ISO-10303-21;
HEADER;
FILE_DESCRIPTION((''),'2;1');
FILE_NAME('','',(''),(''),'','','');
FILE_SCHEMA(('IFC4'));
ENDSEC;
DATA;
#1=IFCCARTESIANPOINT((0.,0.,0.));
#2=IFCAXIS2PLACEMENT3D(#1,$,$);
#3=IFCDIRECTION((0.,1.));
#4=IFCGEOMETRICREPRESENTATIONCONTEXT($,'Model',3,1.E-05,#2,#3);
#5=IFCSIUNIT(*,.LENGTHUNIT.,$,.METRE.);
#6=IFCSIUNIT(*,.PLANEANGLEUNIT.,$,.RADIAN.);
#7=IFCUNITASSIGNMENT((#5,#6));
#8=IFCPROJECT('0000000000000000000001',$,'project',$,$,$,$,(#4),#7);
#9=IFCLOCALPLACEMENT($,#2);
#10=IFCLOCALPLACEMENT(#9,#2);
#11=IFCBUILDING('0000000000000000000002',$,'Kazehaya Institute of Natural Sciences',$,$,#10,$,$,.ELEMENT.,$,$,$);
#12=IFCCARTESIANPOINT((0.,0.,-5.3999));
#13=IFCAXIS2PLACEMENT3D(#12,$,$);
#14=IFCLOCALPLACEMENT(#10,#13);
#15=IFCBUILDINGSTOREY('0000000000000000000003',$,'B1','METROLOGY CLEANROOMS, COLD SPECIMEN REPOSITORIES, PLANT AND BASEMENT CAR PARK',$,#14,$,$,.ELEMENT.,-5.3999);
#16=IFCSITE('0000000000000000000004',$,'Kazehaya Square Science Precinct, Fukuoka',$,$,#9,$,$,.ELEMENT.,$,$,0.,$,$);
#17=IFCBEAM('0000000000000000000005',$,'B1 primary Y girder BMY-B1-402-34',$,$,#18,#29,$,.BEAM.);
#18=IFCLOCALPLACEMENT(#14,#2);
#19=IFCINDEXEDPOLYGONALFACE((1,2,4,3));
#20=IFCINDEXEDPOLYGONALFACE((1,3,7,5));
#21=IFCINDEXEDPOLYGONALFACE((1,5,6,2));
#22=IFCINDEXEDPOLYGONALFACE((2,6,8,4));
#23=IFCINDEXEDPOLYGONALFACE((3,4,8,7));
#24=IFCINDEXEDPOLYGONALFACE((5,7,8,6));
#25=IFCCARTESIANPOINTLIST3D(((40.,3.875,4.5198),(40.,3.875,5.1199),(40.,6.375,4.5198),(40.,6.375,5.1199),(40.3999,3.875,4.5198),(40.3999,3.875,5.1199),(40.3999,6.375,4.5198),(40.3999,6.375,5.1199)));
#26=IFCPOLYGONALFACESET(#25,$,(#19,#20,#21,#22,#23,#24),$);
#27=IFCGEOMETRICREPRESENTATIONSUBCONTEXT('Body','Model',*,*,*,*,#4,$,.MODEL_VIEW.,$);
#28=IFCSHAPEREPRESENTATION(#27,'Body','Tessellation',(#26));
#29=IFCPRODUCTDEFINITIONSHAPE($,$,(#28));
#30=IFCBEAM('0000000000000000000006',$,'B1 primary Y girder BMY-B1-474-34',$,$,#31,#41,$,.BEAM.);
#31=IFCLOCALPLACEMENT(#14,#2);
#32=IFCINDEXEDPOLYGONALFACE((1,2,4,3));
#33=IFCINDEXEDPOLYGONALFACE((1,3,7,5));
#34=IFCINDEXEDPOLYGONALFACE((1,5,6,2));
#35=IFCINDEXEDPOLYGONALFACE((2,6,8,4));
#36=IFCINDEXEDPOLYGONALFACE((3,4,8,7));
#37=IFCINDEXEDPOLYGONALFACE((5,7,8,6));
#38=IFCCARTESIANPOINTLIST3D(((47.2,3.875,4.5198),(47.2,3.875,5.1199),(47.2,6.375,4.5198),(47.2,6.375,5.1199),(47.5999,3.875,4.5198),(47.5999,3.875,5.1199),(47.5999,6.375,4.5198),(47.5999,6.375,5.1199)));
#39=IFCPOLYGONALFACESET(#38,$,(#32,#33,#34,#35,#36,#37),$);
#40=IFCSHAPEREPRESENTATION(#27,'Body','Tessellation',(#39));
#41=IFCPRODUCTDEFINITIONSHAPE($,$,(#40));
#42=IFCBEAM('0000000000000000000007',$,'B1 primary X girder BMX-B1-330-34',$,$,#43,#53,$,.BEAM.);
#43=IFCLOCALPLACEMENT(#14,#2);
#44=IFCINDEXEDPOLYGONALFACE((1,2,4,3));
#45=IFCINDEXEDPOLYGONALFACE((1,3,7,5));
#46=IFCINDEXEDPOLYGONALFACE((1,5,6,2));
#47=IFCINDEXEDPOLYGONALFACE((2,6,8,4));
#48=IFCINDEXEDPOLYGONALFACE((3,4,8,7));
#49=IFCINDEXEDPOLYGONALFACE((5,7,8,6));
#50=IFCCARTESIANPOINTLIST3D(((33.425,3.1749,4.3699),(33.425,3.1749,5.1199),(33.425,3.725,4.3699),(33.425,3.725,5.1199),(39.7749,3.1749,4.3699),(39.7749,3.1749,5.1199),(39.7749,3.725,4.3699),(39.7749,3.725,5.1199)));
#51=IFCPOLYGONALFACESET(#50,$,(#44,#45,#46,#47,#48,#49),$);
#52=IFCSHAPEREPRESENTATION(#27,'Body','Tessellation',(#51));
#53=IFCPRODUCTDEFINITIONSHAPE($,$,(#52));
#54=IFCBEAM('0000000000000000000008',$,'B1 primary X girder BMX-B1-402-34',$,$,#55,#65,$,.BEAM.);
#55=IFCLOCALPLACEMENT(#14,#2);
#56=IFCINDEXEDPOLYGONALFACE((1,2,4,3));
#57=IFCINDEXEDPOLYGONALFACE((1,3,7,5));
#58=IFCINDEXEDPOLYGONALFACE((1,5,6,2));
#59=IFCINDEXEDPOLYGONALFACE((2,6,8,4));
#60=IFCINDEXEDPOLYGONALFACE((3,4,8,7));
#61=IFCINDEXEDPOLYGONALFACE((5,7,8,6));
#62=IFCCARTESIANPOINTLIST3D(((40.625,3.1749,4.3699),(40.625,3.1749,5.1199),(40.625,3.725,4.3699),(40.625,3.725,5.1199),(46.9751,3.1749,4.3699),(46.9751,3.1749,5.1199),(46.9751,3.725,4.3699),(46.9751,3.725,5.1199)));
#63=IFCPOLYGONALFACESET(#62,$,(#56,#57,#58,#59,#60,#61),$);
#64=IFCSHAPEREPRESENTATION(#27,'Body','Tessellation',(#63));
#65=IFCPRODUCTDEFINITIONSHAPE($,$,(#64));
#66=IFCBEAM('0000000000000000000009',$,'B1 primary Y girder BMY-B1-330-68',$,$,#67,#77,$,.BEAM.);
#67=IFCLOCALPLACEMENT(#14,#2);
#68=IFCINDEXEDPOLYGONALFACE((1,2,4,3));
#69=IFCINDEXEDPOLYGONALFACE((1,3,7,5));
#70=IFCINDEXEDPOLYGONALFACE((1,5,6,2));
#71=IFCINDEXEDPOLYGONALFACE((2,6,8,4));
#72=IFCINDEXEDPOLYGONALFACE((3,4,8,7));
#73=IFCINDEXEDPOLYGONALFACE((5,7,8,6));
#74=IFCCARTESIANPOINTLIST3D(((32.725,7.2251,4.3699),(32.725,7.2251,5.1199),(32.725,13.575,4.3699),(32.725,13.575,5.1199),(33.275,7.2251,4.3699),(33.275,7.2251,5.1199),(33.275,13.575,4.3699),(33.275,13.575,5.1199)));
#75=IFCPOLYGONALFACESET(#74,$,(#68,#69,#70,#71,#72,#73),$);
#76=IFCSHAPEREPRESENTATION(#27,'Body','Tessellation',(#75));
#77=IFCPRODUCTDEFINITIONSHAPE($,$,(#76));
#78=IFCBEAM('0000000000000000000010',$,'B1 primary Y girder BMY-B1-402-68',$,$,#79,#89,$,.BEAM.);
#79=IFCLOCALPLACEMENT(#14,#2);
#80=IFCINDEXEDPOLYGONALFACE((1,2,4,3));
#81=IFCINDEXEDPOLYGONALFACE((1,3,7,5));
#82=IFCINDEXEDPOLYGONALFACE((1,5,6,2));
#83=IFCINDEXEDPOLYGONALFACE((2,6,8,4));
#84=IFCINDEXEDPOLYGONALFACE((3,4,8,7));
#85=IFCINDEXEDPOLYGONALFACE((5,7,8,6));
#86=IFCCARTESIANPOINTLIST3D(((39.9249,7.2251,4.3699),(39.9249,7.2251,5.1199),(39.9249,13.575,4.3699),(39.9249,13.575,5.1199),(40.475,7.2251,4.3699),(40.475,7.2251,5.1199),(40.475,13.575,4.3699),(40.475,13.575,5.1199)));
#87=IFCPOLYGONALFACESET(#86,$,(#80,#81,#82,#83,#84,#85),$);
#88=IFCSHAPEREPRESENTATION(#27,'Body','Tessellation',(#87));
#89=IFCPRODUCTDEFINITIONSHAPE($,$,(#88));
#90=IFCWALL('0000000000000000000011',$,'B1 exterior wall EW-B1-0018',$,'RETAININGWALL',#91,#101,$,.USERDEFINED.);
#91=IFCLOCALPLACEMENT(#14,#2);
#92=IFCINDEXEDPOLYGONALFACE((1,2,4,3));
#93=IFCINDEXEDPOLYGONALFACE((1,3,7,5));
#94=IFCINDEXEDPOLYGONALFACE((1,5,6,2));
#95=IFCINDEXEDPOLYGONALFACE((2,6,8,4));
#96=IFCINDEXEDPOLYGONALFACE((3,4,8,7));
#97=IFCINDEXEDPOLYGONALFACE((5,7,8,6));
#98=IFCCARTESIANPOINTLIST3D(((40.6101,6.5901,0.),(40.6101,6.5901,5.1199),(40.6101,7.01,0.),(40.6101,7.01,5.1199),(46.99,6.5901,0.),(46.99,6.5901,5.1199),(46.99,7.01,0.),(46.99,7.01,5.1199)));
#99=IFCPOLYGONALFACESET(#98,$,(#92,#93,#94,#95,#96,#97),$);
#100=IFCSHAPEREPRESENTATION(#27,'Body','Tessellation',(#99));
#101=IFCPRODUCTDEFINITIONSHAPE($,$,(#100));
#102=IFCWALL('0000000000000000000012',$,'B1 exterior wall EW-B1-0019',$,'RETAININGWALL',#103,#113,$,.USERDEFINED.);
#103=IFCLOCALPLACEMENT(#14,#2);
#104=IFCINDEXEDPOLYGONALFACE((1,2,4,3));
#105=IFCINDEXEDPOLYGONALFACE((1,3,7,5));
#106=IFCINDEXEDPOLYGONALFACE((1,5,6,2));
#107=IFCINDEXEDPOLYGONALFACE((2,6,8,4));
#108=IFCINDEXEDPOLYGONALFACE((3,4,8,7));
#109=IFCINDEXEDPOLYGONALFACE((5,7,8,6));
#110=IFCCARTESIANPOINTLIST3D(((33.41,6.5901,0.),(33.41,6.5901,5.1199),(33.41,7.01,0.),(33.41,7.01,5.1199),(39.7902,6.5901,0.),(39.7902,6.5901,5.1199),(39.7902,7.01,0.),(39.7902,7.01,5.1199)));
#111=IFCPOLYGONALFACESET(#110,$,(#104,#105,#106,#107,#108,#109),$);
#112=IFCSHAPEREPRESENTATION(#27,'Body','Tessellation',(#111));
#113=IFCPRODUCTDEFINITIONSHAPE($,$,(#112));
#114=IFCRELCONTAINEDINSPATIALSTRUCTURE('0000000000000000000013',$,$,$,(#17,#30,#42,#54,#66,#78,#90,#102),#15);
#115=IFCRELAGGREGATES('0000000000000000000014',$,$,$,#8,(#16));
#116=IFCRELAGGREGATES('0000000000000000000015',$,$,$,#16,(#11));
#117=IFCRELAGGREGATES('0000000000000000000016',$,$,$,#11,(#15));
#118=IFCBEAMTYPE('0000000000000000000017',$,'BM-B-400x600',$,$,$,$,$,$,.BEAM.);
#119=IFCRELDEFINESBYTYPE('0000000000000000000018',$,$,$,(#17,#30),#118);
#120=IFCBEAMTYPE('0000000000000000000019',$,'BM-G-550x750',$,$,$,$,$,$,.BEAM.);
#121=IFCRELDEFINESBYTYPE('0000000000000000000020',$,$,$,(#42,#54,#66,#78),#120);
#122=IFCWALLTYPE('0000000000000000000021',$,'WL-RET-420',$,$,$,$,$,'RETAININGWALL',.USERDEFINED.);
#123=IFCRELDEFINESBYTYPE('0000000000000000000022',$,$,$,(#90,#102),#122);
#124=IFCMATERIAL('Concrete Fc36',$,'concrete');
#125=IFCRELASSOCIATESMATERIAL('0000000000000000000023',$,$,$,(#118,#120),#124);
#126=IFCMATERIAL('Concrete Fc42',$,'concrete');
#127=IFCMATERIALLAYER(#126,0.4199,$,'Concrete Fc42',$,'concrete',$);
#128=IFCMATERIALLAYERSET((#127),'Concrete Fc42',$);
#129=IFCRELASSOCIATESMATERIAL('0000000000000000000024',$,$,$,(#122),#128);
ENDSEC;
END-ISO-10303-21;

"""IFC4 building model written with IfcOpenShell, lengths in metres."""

from ifc_helpers import new_model, si_unit, direction, frame, frame_2d, origin, origin_2d, place, context, subcontext, project, spatial, rectangle, extrude, material, layer, layer_set, material_profile, profile_set, type_object, element, save


model = new_model("IFC4")

# Units and contexts
model_context = context("Model", 3, precision=1e-05, world=origin(), true_north=direction((0.0, 1.0)))
body_context = subcontext(model_context, "Body", "Model", "MODEL_VIEW")
ifc_project = project(units=[si_unit("LENGTHUNIT", "METRE"), si_unit("PLANEANGLEUNIT", "RADIAN")], contexts=[model_context])

# Site, building, storey
site_placement = place(None, origin())
site = spatial("IfcSite", under=ifc_project, at=site_placement, Name="Kazehaya Square Science Precinct, Fukuoka", CompositionType="ELEMENT", RefElevation=0.0)
building_placement = place(site_placement, origin())
building = spatial("IfcBuilding", under=site, at=building_placement, Name="Kazehaya Institute of Natural Sciences", CompositionType="ELEMENT")
storey_placement = place(building_placement, frame((0.0, 0.0, -5.3999)))
storey = spatial("IfcBuildingStorey", under=building, at=storey_placement, Name="B1", Description="METROLOGY CLEANROOMS, COLD SPECIMEN REPOSITORIES, PLANT AND BASEMENT CAR PARK", CompositionType="ELEMENT", Elevation=-5.3999)

# Shared definitions
ifc_material_1 = material(Name="Concrete Fc36", Category="concrete")

# Shared definitions
ifc_material_2 = material(Name="Concrete Fc42", Category="concrete")

# Beams
ifc_material_profile_1 = material_profile(ifc_material_1, rectangle(XDim=0.3999, YDim=0.6001, at=origin_2d()), Name="RC-400x600")
ifc_profile_set_1 = profile_set([ifc_material_profile_1], Name="Concrete Fc36")
beam_type_1 = type_object("IfcBeamType", Name="BM-B-400x600", PredefinedType="BEAM", material=ifc_profile_set_1)
for number, where, z_axis, x_axis, name in (
    (1, (40.2, 3.875, 4.8198), (0.0, 1.0, 0.0), (-1.0, 0.0, 0.0), "B1 primary Y girder BMY-B1-402-34"),
    (2, (47.3999, 3.875, 4.8198), (0.0, 1.0, 0.0), (-1.0, 0.0, 0.0), "B1 primary Y girder BMY-B1-474-34"),
):
    element("IfcBeam", number, at=place(storey_placement, frame(where, z_axis=z_axis, x_axis=x_axis)), inside=storey, type_object=beam_type_1, Name=name, PredefinedType="BEAM", context=body_context, shape_type="SweptSolid", body=[
        extrude(rectangle(XDim=0.3999, YDim=0.6001, at=origin_2d()), origin(), (0.0, 0.0, 1.0), 2.5),
    ])
ifc_material_profile_2 = material_profile(ifc_material_1, rectangle(XDim=0.55, YDim=0.75, at=origin_2d()), Name="RC-550x750")
ifc_profile_set_2 = profile_set([ifc_material_profile_2], Name="Concrete Fc36")
beam_type_2 = type_object("IfcBeamType", Name="BM-G-550x750", PredefinedType="BEAM", material=ifc_profile_set_2)
beam_1_placement = place(storey_placement, frame((33.425, 3.45, 4.7449), z_axis=(1.0, 0.0, 0.0), x_axis=(0.0, 1.0, 0.0)))
element("IfcBeam", 3, at=beam_1_placement, inside=storey, type_object=beam_type_2, Name="B1 primary X girder BMX-B1-330-34", PredefinedType="BEAM", context=body_context, shape_type="SweptSolid", body=[
    extrude(rectangle(XDim=0.55, YDim=0.75, at=origin_2d()), origin(), (0.0, 0.0, 1.0), 6.3499),
])
beam_2_placement = place(storey_placement, frame((40.625, 3.45, 4.7449), z_axis=(1.0, 0.0, 0.0), x_axis=(0.0, 1.0, 0.0)))
element("IfcBeam", 4, at=beam_2_placement, inside=storey, type_object=beam_type_2, Name="B1 primary X girder BMX-B1-402-34", PredefinedType="BEAM", context=body_context, shape_type="SweptSolid", body=[
    extrude(rectangle(XDim=0.55, YDim=0.75, at=origin_2d()), origin(), (0.0, 0.0, 1.0), 6.3501),
])
for number, where, z_axis, x_axis, name in (
    (5, (33.0, 7.2251, 4.7449), (0.0, 1.0, 0.0), (-1.0, 0.0, 0.0), "B1 primary Y girder BMY-B1-330-68"),
    (6, (40.2, 7.2251, 4.7449), (0.0, 1.0, 0.0), (-1.0, 0.0, 0.0), "B1 primary Y girder BMY-B1-402-68"),
):
    element("IfcBeam", number, at=place(storey_placement, frame(where, z_axis=z_axis, x_axis=x_axis)), inside=storey, type_object=beam_type_2, Name=name, PredefinedType="BEAM", context=body_context, shape_type="SweptSolid", body=[
        extrude(rectangle(XDim=0.55, YDim=0.75, at=origin_2d()), origin(), (0.0, 0.0, 1.0), 6.3499),
    ])

# Walls
ifc_layer = layer(ifc_material_2, 0.4199, Name="Concrete Fc42", Category="concrete")
ifc_layer_set = layer_set([ifc_layer], Name="Concrete Fc42")
wall_type = type_object("IfcWallType", Name="WL-RET-420", ElementType="RETAININGWALL", PredefinedType="USERDEFINED", material=ifc_layer_set)
wall_1_placement = place(storey_placement, frame((46.99, 6.8, 0.0), z_axis=(0.0, 0.0, 1.0), x_axis=(-1.0, 0.0, 0.0)))
element("IfcWall", 7, at=wall_1_placement, inside=storey, type_object=wall_type, Name="B1 exterior wall EW-B1-0018", ObjectType="RETAININGWALL", PredefinedType="USERDEFINED", context=body_context, shape_type="SweptSolid", body=[
    extrude(rectangle(XDim=6.3799, YDim=0.4199, at=frame_2d((3.1899, 0.0))), origin(), (0.0, 0.0, 1.0), 5.1199),
])
wall_2_placement = place(storey_placement, frame((39.79, 6.8, 0.0), z_axis=(0.0, 0.0, 1.0), x_axis=(-1.0, 0.0, 0.0)))
element("IfcWall", 8, at=wall_2_placement, inside=storey, type_object=wall_type, Name="B1 exterior wall EW-B1-0019", ObjectType="RETAININGWALL", PredefinedType="USERDEFINED", context=body_context, shape_type="SweptSolid", body=[
    extrude(rectangle(XDim=6.3801, YDim=0.4199, at=frame_2d((3.1899, 0.0))), origin(), (0.0, 0.0, 1.0), 5.1199),
])

save(model, "model.ifc")
